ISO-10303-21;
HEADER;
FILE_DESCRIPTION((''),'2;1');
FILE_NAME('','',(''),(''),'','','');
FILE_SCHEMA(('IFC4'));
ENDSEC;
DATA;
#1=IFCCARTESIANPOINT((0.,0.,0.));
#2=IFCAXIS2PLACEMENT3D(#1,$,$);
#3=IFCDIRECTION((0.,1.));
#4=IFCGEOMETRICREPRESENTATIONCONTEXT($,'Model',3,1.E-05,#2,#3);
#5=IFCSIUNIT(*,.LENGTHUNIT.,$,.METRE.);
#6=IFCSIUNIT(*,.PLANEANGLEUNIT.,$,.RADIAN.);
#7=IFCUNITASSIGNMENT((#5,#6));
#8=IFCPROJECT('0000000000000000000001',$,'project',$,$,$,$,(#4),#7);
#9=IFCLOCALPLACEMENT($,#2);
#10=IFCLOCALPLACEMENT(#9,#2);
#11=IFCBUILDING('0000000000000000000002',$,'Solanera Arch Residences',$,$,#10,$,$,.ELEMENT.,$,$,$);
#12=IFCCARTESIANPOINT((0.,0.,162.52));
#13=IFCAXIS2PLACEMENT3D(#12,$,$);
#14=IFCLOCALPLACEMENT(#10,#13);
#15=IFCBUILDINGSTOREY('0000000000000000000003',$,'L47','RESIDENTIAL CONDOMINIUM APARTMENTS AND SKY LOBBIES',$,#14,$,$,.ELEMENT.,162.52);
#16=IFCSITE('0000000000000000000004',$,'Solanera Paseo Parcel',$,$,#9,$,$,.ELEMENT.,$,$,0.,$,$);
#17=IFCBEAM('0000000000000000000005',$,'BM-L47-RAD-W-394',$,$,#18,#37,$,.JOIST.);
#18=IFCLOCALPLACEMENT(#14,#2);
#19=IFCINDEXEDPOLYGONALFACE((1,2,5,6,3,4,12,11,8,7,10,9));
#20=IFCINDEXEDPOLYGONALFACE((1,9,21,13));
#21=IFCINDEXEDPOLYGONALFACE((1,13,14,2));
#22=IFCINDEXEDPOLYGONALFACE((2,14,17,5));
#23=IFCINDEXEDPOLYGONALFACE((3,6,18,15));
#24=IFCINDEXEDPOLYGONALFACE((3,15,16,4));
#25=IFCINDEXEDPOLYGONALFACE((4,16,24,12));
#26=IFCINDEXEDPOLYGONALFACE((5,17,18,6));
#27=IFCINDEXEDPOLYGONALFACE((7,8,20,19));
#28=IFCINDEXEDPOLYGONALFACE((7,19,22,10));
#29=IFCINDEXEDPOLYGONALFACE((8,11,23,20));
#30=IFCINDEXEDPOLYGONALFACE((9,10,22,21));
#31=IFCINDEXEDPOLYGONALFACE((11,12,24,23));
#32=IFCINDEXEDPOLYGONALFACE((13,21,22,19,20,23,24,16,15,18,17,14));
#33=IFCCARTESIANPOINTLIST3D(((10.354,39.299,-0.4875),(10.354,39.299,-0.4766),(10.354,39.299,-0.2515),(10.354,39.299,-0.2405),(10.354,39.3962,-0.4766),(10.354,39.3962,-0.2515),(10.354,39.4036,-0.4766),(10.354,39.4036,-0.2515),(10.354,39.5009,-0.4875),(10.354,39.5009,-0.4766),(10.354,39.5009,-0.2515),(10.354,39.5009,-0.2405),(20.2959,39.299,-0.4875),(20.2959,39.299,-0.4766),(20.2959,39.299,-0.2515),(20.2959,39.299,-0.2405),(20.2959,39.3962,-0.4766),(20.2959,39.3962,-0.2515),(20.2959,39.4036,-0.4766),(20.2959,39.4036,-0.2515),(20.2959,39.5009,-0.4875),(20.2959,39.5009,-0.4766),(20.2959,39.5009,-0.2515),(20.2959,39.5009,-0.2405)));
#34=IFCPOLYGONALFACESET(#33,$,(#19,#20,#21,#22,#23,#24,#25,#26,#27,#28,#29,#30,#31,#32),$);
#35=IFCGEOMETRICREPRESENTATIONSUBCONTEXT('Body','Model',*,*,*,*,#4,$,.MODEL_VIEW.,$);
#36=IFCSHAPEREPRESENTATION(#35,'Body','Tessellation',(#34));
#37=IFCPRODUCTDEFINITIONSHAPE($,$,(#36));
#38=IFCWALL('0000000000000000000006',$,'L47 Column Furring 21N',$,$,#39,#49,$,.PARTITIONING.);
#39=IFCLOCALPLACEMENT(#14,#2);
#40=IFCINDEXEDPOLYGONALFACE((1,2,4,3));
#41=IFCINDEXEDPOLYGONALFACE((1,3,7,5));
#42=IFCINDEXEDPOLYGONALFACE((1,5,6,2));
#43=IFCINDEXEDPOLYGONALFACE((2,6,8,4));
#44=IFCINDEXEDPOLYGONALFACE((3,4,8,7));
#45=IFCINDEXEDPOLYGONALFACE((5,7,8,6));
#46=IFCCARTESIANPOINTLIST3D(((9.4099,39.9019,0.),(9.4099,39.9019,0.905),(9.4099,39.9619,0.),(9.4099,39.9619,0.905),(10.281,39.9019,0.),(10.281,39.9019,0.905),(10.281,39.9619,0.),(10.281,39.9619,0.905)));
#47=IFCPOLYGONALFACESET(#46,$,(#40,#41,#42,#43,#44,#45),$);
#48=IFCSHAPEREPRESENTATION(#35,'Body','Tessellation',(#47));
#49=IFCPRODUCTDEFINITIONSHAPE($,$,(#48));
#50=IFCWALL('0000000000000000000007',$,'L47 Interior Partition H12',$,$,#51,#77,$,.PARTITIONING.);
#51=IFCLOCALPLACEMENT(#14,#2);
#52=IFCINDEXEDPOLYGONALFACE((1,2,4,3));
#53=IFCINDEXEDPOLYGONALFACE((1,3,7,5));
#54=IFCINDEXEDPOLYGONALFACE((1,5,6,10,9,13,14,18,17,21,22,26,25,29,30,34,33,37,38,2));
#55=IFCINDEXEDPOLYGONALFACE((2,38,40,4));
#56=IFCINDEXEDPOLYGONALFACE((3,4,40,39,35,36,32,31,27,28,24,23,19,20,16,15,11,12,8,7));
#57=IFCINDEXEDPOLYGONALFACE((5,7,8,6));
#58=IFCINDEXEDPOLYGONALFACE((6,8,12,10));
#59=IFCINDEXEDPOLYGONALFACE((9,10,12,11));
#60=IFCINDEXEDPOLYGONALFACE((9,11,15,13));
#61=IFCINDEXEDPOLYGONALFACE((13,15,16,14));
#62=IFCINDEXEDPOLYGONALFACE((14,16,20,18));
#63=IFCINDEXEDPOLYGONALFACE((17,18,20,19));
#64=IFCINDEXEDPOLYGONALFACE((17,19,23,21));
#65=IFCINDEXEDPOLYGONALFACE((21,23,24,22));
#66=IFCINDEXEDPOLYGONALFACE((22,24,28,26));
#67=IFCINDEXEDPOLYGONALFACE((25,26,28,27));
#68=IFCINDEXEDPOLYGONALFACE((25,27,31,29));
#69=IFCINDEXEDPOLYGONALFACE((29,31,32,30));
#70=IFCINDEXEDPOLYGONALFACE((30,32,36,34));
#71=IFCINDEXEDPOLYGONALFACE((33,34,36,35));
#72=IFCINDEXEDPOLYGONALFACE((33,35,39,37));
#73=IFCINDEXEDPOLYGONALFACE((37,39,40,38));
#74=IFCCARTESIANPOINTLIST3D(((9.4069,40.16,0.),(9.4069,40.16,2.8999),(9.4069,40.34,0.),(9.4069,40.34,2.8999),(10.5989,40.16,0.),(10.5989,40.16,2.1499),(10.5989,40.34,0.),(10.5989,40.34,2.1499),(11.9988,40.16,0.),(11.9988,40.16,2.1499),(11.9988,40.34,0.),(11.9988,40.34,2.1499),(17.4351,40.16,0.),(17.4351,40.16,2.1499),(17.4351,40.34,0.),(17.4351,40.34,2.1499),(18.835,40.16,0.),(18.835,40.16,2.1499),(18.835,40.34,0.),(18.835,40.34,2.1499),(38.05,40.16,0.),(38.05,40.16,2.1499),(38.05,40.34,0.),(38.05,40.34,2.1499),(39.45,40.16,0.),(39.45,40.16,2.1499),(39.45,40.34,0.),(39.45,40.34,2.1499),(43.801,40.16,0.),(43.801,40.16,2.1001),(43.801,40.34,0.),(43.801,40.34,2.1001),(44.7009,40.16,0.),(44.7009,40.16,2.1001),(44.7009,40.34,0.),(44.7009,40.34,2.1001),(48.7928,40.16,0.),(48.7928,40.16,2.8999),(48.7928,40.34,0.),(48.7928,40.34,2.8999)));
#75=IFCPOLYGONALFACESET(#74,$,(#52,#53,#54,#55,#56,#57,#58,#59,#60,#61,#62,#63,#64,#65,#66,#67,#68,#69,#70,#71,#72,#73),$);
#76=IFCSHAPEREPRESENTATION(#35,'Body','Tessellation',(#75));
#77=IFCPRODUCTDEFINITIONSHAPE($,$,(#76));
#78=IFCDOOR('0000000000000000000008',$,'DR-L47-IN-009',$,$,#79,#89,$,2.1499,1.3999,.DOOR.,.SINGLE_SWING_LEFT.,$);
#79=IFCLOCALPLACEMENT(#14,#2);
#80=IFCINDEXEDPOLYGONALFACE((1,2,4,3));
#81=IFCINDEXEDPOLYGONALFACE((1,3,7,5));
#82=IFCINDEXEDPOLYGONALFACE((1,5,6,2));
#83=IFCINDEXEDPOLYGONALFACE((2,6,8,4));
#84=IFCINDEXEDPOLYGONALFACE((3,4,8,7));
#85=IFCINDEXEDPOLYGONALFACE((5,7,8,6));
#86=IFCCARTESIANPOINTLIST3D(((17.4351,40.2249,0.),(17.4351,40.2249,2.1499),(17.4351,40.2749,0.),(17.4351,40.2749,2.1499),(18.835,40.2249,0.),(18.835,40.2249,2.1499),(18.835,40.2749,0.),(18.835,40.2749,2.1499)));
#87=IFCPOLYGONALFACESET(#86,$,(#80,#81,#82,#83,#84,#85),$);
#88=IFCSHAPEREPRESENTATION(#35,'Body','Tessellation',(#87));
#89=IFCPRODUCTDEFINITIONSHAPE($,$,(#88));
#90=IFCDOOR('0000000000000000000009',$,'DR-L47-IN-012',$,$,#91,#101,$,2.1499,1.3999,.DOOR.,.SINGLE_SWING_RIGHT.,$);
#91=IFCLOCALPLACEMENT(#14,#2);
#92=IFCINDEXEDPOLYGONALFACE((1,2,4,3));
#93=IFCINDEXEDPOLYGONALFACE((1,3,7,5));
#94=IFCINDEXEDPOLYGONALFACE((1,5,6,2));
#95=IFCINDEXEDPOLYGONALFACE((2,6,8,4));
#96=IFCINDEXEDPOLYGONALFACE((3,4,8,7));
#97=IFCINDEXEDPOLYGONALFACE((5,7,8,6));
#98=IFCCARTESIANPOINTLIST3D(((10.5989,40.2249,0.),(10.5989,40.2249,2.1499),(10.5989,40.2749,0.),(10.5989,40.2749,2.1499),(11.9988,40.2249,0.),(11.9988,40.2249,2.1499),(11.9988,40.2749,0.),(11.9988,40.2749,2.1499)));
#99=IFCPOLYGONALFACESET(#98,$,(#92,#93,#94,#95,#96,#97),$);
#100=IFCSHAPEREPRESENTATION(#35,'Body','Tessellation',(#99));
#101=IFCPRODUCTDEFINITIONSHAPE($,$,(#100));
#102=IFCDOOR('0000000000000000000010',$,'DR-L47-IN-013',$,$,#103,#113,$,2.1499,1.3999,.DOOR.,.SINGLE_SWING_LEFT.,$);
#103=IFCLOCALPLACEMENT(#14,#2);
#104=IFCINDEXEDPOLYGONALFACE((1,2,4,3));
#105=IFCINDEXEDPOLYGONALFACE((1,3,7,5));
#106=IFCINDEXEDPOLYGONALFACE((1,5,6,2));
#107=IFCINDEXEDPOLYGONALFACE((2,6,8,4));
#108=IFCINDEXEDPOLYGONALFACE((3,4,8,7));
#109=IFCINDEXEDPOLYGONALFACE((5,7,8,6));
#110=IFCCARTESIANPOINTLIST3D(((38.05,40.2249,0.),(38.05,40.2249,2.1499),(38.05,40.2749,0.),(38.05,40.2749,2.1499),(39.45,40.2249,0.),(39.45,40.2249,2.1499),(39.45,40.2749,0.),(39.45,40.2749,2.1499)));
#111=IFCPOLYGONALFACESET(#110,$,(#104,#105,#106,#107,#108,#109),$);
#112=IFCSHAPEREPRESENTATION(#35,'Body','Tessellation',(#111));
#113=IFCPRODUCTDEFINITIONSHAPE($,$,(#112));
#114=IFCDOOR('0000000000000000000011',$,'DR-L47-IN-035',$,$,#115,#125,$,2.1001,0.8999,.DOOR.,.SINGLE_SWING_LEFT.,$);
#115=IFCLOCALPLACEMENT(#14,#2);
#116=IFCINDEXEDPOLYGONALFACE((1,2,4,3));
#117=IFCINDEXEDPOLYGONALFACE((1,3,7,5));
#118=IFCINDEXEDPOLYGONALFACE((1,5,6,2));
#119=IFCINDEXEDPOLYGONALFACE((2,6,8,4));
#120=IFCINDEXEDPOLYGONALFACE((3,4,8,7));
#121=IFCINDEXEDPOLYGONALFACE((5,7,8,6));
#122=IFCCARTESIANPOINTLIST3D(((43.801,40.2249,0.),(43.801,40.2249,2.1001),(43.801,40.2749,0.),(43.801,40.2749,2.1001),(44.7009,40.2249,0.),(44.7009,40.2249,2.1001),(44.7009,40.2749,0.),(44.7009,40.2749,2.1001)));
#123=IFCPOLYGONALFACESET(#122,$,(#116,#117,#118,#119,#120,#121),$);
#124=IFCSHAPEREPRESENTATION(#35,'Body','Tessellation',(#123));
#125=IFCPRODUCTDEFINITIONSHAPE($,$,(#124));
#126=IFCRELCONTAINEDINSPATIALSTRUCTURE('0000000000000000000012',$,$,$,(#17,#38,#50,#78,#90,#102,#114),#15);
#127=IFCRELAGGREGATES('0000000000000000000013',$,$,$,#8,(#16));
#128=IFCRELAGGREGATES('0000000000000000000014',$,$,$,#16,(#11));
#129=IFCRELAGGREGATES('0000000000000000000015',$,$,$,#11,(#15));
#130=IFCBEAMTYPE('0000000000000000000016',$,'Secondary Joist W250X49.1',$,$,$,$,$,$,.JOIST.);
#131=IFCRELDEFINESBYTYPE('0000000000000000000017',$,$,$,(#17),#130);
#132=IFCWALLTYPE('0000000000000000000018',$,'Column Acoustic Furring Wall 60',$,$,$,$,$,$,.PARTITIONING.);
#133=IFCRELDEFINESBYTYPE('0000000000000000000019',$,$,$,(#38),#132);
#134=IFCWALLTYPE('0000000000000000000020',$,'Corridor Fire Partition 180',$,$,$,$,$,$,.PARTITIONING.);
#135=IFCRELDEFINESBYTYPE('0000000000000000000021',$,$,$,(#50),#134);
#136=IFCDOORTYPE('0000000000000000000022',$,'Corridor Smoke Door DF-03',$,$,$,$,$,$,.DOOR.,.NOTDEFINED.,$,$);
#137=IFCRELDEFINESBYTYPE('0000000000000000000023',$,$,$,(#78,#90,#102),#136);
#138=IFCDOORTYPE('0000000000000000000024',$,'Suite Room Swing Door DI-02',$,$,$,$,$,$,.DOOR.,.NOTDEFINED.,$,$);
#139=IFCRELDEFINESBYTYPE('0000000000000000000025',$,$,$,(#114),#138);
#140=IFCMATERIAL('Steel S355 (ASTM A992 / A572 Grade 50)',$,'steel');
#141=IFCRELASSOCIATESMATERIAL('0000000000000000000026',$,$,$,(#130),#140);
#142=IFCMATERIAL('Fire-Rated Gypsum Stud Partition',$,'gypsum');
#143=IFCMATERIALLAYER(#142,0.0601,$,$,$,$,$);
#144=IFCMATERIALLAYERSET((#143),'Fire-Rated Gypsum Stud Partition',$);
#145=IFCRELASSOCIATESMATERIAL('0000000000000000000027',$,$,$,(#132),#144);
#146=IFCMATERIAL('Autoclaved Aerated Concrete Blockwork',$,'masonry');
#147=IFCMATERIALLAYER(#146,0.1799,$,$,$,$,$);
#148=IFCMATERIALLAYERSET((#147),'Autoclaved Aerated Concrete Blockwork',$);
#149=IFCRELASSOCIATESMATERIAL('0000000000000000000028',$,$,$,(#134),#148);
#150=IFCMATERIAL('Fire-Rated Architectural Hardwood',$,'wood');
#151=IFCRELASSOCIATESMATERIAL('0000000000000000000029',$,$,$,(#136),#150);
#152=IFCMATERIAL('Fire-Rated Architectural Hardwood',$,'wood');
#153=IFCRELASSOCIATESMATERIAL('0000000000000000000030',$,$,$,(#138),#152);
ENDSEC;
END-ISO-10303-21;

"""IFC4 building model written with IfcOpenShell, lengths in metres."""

from ifc_helpers import new_model, si_unit, direction, frame, frame_2d, origin, origin_2d, place, context, subcontext, project, spatial, rectangle, i_section, extrude, material, layer, layer_set, material_profile, profile_set, type_object, element, fill, save


model = new_model("IFC4")

# Units and contexts
model_context = context("Model", 3, precision=1e-05, world=origin(), true_north=direction((0.0, 1.0)))
body_context = subcontext(model_context, "Body", "Model", "MODEL_VIEW")
ifc_project = project(units=[si_unit("LENGTHUNIT", "METRE"), si_unit("PLANEANGLEUNIT", "RADIAN")], contexts=[model_context])

# Site, building, storey
site_placement = place(None, origin())
site = spatial("IfcSite", under=ifc_project, at=site_placement, Name="Solanera Paseo Parcel", CompositionType="ELEMENT", RefElevation=0.0)
building_placement = place(site_placement, origin())
building = spatial("IfcBuilding", under=site, at=building_placement, Name="Solanera Arch Residences", CompositionType="ELEMENT")
storey_placement = place(building_placement, frame((0.0, 0.0, 162.52)))
storey = spatial("IfcBuildingStorey", under=building, at=storey_placement, Name="L47", Description="RESIDENTIAL CONDOMINIUM APARTMENTS AND SKY LOBBIES", CompositionType="ELEMENT", Elevation=162.52)

# Beam
ifc_material_1 = material(Name="Steel S355 (ASTM A992 / A572 Grade 50)", Category="steel")
ifc_material_profile = material_profile(ifc_material_1, i_section(OverallWidth=0.2019, OverallDepth=0.2471, WebThickness=0.0073, FlangeThickness=0.011, at=origin_2d()))
ifc_profile_set = profile_set([ifc_material_profile], Name="Steel S355 (ASTM A992 / A572 Grade 50)")
beam_type = type_object("IfcBeamType", Name="Secondary Joist W250X49.1", PredefinedType="JOIST", material=ifc_profile_set)
beam_placement = place(storey_placement, frame((10.354, 39.3999, -0.364), z_axis=(1.0, 0.0, 0.0), x_axis=(0.0, 1.0, 0.0)))
element("IfcBeam", 1, at=beam_placement, inside=storey, type_object=beam_type, Name="BM-L47-RAD-W-394", PredefinedType="JOIST", context=body_context, shape_type="SweptSolid", body=[
    extrude(i_section(OverallWidth=0.2019, OverallDepth=0.2471, WebThickness=0.0073, FlangeThickness=0.011, at=origin_2d()), origin(), (0.0, 0.0, 1.0), 9.9419),
])

# Wall
ifc_material_2 = material(Name="Fire-Rated Gypsum Stud Partition", Category="gypsum")
ifc_layer_1 = layer(ifc_material_2, 0.0601)
ifc_layer_set_1 = layer_set([ifc_layer_1], Name="Fire-Rated Gypsum Stud Partition")
wall_type_1 = type_object("IfcWallType", Name="Column Acoustic Furring Wall 60", PredefinedType="PARTITIONING", material=ifc_layer_set_1)
wall_1_placement = place(storey_placement, frame((9.4099, 39.9319, 0.0), z_axis=(0.0, 0.0, 1.0), x_axis=(1.0, 0.0, 0.0)))
element("IfcWall", 2, at=wall_1_placement, inside=storey, type_object=wall_type_1, Name="L47 Column Furring 21N", PredefinedType="PARTITIONING", context=body_context, shape_type="SweptSolid", body=[
    extrude(rectangle(XDim=0.8711, YDim=0.0601, at=frame_2d((0.4355, 0.0))), origin(), (0.0, 0.0, 1.0), 0.905),
])

# Wall, openings, doors
ifc_material_3 = material(Name="Autoclaved Aerated Concrete Blockwork", Category="masonry")
ifc_layer_2 = layer(ifc_material_3, 0.1799)
ifc_layer_set_2 = layer_set([ifc_layer_2], Name="Autoclaved Aerated Concrete Blockwork")
wall_type_2 = type_object("IfcWallType", Name="Corridor Fire Partition 180", PredefinedType="PARTITIONING", material=ifc_layer_set_2)
wall_2_placement = place(storey_placement, frame((9.407, 40.25, 0.0), z_axis=(0.0, 0.0, 1.0), x_axis=(1.0, 0.0, 0.0)))
wall_2 = element("IfcWall", 3, at=wall_2_placement, inside=storey, type_object=wall_type_2, Name="L47 Interior Partition H12", PredefinedType="PARTITIONING", context=body_context, shape_type="SweptSolid", body=[
    extrude(rectangle(XDim=39.386, YDim=0.1799, at=frame_2d((19.6929, 0.0))), origin(), (0.0, 0.0, 1.0), 2.8999),
])
opening_1_placement = place(wall_2_placement, frame((8.0281, 0.0, 0.0)))
opening_1 = element("IfcOpeningElement", 4, at=opening_1_placement, cuts=wall_2, PredefinedType="OPENING", context=body_context, shape_type="SweptSolid", body=[
    extrude(rectangle(XDim=1.3999, YDim=2.1499, at=frame_2d((0.7, 1.075))), frame((0.0, 0.1001, 0.0), z_axis=(0.0, -1.0, 0.0), x_axis=(1.0, 0.0, 0.0)), (0.0, 0.0, 1.0), 0.1999),
])
opening_2_placement = place(wall_2_placement, frame((1.1919, 0.0, 0.0)))
opening_2 = element("IfcOpeningElement", 5, at=opening_2_placement, cuts=wall_2, PredefinedType="OPENING", context=body_context, shape_type="SweptSolid", body=[
    extrude(rectangle(XDim=1.3999, YDim=2.1499, at=frame_2d((0.7, 1.075))), frame((0.0, 0.1001, 0.0), z_axis=(0.0, -1.0, 0.0), x_axis=(1.0, 0.0, 0.0)), (0.0, 0.0, 1.0), 0.1999),
])
opening_3_placement = place(wall_2_placement, frame((28.6431, 0.0, 0.0)))
opening_3 = element("IfcOpeningElement", 6, at=opening_3_placement, cuts=wall_2, PredefinedType="OPENING", context=body_context, shape_type="SweptSolid", body=[
    extrude(rectangle(XDim=1.3999, YDim=2.1499, at=frame_2d((0.7, 1.075))), frame((0.0, 0.1001, 0.0), z_axis=(0.0, -1.0, 0.0), x_axis=(1.0, 0.0, 0.0)), (0.0, 0.0, 1.0), 0.1999),
])
opening_4_placement = place(wall_2_placement, frame((34.394, 0.0, 0.0)))
opening_4 = element("IfcOpeningElement", 7, at=opening_4_placement, cuts=wall_2, PredefinedType="OPENING", context=body_context, shape_type="SweptSolid", body=[
    extrude(rectangle(XDim=0.8999, YDim=2.1001, at=frame_2d((0.45, 1.05))), frame((0.0, 0.1001, 0.0), z_axis=(0.0, -1.0, 0.0), x_axis=(1.0, 0.0, 0.0)), (0.0, 0.0, 1.0), 0.1999),
])
ifc_material_4 = material(Name="Fire-Rated Architectural Hardwood", Category="wood")
door_type_1 = type_object("IfcDoorType", Name="Corridor Smoke Door DF-03", OperationType="NOTDEFINED", PredefinedType="DOOR", material=ifc_material_4)
door_1_placement = place(opening_1_placement, origin())
door_1 = element("IfcDoor", 8, at=door_1_placement, inside=storey, type_object=door_type_1, Name="DR-L47-IN-009", OperationType="SINGLE_SWING_LEFT", OverallHeight=2.1499, OverallWidth=1.3999, PredefinedType="DOOR", context=body_context, shape_type="SweptSolid", body=[
    extrude(rectangle(XDim=1.3999, YDim=2.1499, at=frame_2d((0.7, 1.075))), frame((0.0, 0.0249, 0.0), z_axis=(0.0, -1.0, 0.0), x_axis=(1.0, 0.0, 0.0)), (0.0, 0.0, 1.0), 0.05),
])
fill(opening_1, door_1)
door_2_placement = place(opening_2_placement, origin())
door_2 = element("IfcDoor", 9, at=door_2_placement, inside=storey, type_object=door_type_1, Name="DR-L47-IN-012", OperationType="SINGLE_SWING_RIGHT", OverallHeight=2.1499, OverallWidth=1.3999, PredefinedType="DOOR", context=body_context, shape_type="SweptSolid", body=[
    extrude(rectangle(XDim=1.3999, YDim=2.1499, at=frame_2d((0.7, 1.075))), frame((0.0, 0.0249, 0.0), z_axis=(0.0, -1.0, 0.0), x_axis=(1.0, 0.0, 0.0)), (0.0, 0.0, 1.0), 0.05),
])
fill(opening_2, door_2)
door_3_placement = place(opening_3_placement, origin())
door_3 = element("IfcDoor", 10, at=door_3_placement, inside=storey, type_object=door_type_1, Name="DR-L47-IN-013", OperationType="SINGLE_SWING_LEFT", OverallHeight=2.1499, OverallWidth=1.3999, PredefinedType="DOOR", context=body_context, shape_type="SweptSolid", body=[
    extrude(rectangle(XDim=1.3999, YDim=2.1499, at=frame_2d((0.7, 1.075))), frame((0.0, 0.0249, 0.0), z_axis=(0.0, -1.0, 0.0), x_axis=(1.0, 0.0, 0.0)), (0.0, 0.0, 1.0), 0.05),
])
fill(opening_3, door_3)
ifc_material_5 = material(Name="Fire-Rated Architectural Hardwood", Category="wood")
door_type_2 = type_object("IfcDoorType", Name="Suite Room Swing Door DI-02", OperationType="NOTDEFINED", PredefinedType="DOOR", material=ifc_material_5)
door_4_placement = place(opening_4_placement, origin())
door_4 = element("IfcDoor", 11, at=door_4_placement, inside=storey, type_object=door_type_2, Name="DR-L47-IN-035", OperationType="SINGLE_SWING_LEFT", OverallHeight=2.1001, OverallWidth=0.8999, PredefinedType="DOOR", context=body_context, shape_type="SweptSolid", body=[
    extrude(rectangle(XDim=0.8999, YDim=2.1001, at=frame_2d((0.45, 1.05))), frame((0.0, 0.0249, 0.0), z_axis=(0.0, -1.0, 0.0), x_axis=(1.0, 0.0, 0.0)), (0.0, 0.0, 1.0), 0.05),
])
fill(opening_4, door_4)

save(model, "model.ifc")
